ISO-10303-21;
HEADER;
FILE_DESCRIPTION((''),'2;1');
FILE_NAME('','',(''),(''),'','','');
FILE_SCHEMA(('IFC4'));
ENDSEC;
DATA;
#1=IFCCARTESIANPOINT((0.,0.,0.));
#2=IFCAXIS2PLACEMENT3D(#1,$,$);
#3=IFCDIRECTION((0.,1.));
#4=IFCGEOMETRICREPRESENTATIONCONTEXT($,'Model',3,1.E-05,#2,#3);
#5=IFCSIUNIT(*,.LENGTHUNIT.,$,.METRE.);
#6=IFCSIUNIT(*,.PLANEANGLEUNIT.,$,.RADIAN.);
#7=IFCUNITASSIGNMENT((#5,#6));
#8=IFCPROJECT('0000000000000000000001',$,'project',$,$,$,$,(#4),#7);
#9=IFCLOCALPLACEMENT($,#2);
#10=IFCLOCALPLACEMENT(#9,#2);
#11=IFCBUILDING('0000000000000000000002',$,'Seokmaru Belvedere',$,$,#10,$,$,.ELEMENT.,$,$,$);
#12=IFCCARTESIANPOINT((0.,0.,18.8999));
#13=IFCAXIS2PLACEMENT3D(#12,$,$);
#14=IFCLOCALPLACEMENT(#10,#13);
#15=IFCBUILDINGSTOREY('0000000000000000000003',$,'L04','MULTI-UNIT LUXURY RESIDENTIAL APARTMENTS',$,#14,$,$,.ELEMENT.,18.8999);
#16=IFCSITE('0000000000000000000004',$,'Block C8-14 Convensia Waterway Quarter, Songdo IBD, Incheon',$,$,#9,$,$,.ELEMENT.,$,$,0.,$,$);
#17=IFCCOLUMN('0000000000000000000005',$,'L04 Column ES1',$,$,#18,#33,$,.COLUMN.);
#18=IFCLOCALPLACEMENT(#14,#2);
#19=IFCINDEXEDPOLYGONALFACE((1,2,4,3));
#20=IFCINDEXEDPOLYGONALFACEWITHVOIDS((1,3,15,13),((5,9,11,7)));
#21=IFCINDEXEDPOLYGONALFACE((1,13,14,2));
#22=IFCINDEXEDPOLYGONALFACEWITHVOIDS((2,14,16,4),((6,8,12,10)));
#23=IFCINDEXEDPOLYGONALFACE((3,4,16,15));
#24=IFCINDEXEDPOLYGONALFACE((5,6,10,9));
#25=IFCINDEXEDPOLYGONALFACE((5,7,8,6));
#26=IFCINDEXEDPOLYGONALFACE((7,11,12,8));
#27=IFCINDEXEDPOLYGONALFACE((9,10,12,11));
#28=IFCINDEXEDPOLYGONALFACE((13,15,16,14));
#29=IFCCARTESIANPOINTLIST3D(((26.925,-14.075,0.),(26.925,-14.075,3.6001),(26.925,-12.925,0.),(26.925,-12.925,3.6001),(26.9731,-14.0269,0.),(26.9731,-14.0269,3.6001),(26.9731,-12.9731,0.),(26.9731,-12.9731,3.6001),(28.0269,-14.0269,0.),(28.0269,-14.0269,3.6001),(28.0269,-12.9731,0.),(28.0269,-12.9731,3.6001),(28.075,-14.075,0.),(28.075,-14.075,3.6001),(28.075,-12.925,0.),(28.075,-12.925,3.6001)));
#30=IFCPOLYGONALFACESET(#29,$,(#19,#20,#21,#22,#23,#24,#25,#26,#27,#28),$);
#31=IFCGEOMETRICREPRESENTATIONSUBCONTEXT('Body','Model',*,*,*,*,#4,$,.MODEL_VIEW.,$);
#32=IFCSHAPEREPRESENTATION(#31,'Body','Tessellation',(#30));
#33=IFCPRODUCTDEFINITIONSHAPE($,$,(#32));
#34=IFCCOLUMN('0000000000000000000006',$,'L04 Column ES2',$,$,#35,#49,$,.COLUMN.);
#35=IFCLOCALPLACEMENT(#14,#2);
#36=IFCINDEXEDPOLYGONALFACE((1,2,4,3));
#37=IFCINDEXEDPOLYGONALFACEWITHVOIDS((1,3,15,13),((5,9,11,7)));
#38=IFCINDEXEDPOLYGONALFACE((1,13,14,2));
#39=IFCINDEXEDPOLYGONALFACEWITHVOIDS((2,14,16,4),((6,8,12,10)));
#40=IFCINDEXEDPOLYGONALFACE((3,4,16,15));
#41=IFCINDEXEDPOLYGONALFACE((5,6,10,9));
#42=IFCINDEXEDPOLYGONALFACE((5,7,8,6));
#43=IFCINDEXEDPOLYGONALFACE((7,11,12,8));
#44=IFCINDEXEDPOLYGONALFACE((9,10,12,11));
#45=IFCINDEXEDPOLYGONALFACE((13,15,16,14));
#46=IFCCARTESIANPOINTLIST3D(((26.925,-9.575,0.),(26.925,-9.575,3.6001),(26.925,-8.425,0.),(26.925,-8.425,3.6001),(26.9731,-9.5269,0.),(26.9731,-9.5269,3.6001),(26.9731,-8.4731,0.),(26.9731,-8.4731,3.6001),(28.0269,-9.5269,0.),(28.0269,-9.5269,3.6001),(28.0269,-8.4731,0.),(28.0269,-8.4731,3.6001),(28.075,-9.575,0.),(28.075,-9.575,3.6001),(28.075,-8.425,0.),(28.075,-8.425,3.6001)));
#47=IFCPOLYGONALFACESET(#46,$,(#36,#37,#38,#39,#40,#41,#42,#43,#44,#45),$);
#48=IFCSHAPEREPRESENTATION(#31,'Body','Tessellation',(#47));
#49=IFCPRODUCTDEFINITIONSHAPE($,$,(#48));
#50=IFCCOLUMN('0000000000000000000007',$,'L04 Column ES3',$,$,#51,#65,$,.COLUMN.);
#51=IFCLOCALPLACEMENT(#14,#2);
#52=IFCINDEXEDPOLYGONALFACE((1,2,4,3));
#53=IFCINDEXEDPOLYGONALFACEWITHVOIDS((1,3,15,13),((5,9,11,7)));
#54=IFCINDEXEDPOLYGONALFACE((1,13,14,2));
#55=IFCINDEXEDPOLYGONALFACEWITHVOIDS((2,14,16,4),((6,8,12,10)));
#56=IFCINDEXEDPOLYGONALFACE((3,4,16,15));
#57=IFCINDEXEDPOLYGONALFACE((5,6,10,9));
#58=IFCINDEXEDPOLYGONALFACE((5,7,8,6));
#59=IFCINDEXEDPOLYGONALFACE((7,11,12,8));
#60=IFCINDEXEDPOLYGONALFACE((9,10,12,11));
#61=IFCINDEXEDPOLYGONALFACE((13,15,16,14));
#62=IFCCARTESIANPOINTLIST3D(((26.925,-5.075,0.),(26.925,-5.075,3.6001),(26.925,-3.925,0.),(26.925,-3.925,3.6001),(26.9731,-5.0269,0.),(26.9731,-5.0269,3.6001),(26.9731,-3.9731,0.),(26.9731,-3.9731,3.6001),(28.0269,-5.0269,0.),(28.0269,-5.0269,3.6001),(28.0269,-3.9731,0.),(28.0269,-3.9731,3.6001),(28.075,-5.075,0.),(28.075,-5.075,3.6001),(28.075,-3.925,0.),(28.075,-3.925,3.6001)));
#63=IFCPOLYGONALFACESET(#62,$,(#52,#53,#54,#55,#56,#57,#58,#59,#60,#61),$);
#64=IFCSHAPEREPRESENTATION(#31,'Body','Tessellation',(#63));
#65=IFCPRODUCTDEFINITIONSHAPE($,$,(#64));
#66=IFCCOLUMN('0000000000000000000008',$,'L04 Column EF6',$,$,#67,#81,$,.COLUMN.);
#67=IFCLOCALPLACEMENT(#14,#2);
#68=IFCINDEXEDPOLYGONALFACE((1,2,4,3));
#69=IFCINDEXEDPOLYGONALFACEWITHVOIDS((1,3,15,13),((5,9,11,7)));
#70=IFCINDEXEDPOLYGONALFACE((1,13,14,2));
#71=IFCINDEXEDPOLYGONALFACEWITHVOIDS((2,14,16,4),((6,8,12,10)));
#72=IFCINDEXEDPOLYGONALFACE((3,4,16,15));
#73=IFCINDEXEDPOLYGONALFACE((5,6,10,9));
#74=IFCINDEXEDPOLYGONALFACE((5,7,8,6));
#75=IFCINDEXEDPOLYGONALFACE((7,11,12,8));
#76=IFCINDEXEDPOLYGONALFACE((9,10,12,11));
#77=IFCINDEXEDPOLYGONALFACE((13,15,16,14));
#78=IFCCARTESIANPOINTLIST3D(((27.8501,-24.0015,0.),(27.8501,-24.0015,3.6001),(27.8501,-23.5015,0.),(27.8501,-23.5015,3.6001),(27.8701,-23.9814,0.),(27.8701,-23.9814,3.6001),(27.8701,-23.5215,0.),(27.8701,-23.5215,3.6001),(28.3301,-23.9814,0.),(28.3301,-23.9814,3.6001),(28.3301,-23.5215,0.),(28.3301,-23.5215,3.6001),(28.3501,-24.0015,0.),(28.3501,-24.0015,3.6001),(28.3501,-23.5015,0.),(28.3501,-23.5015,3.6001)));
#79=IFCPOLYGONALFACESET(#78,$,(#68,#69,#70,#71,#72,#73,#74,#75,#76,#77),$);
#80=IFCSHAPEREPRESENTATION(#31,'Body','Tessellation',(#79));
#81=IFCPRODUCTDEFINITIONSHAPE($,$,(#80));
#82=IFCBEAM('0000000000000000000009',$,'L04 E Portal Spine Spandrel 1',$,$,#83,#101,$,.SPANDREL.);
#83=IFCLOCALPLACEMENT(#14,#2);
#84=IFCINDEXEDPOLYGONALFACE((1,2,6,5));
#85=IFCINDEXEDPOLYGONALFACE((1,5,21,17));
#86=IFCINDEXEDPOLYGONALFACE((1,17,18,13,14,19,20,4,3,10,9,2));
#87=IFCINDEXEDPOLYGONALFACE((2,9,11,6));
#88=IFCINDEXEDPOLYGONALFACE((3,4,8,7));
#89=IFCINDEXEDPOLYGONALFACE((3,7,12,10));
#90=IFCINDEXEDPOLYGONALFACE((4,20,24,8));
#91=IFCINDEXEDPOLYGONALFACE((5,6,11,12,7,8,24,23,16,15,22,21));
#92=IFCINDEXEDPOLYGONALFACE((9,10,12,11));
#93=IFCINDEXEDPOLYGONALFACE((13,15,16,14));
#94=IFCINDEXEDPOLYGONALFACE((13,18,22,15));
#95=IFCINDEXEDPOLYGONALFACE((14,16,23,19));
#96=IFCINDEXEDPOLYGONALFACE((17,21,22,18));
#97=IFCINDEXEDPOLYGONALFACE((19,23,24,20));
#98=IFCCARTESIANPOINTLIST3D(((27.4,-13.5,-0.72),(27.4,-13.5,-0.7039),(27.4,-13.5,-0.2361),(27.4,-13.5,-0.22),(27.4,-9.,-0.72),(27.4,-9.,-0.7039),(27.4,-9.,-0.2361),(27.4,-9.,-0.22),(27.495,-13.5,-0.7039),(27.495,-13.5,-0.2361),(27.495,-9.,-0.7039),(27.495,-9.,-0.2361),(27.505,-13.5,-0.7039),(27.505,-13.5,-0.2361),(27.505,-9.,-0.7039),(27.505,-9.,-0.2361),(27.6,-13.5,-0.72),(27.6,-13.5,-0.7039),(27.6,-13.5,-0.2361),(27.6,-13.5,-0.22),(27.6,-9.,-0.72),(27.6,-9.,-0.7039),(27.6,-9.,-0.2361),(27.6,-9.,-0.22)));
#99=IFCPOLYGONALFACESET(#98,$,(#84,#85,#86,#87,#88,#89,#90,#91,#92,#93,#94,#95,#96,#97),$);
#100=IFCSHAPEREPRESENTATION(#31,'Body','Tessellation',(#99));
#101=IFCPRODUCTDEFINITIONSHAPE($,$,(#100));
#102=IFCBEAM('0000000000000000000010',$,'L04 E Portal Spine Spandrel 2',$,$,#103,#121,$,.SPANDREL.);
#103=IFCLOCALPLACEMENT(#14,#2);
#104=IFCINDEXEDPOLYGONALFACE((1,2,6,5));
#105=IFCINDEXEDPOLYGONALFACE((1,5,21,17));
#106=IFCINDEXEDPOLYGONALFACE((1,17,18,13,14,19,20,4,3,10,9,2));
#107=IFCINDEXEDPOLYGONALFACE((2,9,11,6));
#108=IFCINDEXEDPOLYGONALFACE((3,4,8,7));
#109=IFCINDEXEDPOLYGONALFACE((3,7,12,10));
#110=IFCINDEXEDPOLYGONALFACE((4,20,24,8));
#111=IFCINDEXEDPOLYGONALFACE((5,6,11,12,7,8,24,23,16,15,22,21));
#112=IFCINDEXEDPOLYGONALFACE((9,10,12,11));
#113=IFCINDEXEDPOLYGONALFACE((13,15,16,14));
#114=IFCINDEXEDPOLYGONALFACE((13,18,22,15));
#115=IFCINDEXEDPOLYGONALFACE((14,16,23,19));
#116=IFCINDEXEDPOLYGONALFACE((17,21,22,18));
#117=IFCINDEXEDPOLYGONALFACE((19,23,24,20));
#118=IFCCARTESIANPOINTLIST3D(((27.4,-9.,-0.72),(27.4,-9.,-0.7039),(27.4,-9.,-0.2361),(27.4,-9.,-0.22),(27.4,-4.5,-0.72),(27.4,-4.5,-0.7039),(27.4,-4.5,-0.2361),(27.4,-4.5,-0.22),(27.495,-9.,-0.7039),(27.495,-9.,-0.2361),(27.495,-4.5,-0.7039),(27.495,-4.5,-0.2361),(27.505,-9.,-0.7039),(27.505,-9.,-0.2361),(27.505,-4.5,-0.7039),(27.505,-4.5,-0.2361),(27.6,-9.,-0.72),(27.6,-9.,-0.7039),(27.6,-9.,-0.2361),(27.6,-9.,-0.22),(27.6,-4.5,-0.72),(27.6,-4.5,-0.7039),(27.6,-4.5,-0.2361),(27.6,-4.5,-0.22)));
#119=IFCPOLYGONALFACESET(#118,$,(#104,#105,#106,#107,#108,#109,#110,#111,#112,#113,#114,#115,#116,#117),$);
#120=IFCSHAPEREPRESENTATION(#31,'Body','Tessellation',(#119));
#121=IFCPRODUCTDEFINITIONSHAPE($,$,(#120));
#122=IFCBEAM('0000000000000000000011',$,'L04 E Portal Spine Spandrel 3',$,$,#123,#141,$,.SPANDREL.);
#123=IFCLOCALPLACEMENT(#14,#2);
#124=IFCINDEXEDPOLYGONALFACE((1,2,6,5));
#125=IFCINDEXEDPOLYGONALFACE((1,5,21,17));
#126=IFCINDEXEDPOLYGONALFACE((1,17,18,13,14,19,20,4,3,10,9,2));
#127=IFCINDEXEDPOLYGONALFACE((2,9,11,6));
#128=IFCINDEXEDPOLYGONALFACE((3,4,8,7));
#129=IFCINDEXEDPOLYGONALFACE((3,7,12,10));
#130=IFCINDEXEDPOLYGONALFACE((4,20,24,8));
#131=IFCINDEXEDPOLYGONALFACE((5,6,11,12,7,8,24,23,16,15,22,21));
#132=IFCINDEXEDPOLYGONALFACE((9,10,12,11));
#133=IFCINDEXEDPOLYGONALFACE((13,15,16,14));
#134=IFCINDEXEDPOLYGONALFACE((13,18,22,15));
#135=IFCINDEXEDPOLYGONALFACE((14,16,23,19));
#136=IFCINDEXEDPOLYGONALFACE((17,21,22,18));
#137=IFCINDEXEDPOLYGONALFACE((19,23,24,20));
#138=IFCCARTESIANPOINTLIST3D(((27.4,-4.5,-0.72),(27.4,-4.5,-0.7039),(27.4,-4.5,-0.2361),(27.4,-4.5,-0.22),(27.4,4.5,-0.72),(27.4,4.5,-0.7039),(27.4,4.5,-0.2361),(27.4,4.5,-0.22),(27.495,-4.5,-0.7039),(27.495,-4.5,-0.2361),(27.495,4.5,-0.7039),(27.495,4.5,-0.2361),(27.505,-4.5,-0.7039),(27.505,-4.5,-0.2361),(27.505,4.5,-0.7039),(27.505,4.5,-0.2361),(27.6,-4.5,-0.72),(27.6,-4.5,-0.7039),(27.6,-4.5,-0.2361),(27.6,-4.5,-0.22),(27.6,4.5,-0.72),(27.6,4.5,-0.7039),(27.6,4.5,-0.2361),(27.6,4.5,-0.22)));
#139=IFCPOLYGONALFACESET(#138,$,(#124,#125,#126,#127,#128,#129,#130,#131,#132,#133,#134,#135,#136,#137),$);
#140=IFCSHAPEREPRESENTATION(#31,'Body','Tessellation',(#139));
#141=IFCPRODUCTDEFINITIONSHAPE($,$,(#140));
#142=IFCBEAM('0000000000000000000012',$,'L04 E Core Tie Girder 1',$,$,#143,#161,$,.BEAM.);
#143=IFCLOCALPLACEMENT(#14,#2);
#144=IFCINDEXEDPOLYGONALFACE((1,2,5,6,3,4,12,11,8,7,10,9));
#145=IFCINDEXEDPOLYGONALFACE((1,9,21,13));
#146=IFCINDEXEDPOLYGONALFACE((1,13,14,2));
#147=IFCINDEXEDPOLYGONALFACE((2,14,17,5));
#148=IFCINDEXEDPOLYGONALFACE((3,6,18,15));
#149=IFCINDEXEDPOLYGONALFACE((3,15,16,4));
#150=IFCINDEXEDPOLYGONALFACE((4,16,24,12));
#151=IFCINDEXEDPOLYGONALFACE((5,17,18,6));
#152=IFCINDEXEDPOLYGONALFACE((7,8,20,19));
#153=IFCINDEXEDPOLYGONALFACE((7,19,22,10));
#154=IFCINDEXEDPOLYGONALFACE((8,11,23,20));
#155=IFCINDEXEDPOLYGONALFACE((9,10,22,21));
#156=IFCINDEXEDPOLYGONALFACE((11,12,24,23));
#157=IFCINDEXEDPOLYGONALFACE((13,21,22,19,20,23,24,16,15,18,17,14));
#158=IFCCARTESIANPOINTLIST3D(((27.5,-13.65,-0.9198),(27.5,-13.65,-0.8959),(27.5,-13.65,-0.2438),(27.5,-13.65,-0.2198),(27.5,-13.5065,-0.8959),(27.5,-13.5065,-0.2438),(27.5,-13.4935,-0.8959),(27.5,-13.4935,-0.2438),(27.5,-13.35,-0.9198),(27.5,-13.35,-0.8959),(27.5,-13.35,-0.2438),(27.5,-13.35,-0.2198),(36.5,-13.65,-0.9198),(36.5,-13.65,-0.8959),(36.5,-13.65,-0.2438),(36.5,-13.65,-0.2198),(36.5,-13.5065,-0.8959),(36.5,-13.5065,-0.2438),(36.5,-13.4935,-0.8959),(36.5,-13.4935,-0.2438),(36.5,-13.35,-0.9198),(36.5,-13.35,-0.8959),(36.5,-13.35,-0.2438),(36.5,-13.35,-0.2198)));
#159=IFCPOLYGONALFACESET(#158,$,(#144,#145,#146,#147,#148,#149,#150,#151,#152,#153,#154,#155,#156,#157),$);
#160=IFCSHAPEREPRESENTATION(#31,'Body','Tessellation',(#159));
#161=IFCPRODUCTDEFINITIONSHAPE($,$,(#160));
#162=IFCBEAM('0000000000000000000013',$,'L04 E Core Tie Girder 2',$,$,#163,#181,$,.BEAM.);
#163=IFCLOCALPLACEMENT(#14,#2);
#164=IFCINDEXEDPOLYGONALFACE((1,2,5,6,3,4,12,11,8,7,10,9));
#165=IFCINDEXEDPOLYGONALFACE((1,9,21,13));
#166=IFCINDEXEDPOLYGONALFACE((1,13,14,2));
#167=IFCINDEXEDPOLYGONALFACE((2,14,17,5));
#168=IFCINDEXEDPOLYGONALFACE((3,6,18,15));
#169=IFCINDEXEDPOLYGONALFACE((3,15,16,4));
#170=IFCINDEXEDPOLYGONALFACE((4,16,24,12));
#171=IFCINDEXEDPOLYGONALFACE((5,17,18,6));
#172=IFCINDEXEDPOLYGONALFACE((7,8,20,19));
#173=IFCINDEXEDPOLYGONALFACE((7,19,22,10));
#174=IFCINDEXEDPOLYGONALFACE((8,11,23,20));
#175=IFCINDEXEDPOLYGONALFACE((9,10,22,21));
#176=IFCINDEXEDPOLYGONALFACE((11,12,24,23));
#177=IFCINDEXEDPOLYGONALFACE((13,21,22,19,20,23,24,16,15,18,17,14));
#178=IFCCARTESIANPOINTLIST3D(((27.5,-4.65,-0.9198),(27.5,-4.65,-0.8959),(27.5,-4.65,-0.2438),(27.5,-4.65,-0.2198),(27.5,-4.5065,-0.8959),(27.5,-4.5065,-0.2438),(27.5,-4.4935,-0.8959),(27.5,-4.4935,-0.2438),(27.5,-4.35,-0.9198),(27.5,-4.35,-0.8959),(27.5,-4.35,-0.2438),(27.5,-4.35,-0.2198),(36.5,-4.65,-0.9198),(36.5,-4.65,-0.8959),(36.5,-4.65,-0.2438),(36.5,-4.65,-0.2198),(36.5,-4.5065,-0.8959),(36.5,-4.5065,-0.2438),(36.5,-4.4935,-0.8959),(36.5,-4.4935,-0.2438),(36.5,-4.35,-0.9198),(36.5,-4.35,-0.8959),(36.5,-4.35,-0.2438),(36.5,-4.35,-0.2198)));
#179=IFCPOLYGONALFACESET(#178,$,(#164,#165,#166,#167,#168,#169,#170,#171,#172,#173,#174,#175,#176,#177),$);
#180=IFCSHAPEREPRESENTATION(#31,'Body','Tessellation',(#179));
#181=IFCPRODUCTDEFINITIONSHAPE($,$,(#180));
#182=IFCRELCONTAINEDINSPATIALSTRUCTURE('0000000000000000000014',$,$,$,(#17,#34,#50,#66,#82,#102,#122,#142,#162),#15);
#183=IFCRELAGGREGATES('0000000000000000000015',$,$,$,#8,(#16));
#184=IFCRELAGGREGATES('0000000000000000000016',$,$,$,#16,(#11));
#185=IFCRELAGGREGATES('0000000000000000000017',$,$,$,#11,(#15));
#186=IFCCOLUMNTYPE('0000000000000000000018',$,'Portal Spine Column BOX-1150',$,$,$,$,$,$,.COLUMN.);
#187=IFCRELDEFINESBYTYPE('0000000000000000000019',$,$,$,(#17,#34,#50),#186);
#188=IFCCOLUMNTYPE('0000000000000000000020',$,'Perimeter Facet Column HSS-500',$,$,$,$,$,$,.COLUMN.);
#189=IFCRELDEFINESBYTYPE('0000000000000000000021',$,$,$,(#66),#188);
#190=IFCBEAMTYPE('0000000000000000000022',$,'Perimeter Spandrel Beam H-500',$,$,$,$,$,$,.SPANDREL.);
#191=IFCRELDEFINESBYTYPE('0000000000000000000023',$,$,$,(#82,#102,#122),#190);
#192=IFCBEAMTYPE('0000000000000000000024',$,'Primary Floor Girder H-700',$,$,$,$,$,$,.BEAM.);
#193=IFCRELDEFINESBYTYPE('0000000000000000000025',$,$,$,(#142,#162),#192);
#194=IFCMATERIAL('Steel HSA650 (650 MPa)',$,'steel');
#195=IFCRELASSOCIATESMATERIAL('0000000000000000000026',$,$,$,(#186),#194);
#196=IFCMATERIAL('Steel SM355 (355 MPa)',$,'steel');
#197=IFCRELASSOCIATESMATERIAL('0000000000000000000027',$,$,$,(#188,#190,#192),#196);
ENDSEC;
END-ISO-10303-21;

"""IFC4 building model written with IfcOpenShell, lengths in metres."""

from ifc_helpers import new_model, si_unit, direction, frame, origin, origin_2d, place, context, subcontext, project, spatial, hollow_rectangle, i_section, extrude, source, transform, mapped, material, material_profile, profile_set, type_object, type_shapes, element, save


model = new_model("IFC4")

# Units and contexts
model_context = context("Model", 3, precision=1e-05, world=origin(), true_north=direction((0.0, 1.0)))
body_context = subcontext(model_context, "Body", "Model", "MODEL_VIEW")
ifc_project = project(units=[si_unit("LENGTHUNIT", "METRE"), si_unit("PLANEANGLEUNIT", "RADIAN")], contexts=[model_context])

# Site, building, storey
site_placement = place(None, origin())
site = spatial("IfcSite", under=ifc_project, at=site_placement, Name="Block C8-14 Convensia Waterway Quarter, Songdo IBD, Incheon", CompositionType="ELEMENT", RefElevation=0.0)
building_placement = place(site_placement, origin())
building = spatial("IfcBuilding", under=site, at=building_placement, Name="Seokmaru Belvedere", CompositionType="ELEMENT")
storey_placement = place(building_placement, frame((0.0, 0.0, 18.8999)))
storey = spatial("IfcBuildingStorey", under=building, at=storey_placement, Name="L04", Description="MULTI-UNIT LUXURY RESIDENTIAL APARTMENTS", CompositionType="ELEMENT", Elevation=18.8999)

# Columns
ifc_material_1 = material(Name="Steel HSA650 (650 MPa)", Category="steel")
ifc_material_profile_1 = material_profile(ifc_material_1, hollow_rectangle(XDim=1.1499, YDim=1.1499, WallThickness=0.0481, at=origin_2d()), Name="BOX-1150x1150x48")
ifc_profile_set_1 = profile_set([ifc_material_profile_1], Name="Steel HSA650 (650 MPa)")
column_type_1 = type_object("IfcColumnType", Name="Portal Spine Column BOX-1150", PredefinedType="COLUMN", material=ifc_profile_set_1)
shared_shape_1 = source(origin(), body_context, "Body", "SweptSolid", [
    extrude(hollow_rectangle(XDim=1.1499, YDim=1.1499, WallThickness=0.0481, at=origin_2d()), origin(), (0.0, 0.0, 1.0), 3.6001),
])
type_shapes(column_type_1, [shared_shape_1])
for number, where, z_axis, x_axis, name in (
    (1, (27.5, -13.5, 0.0), (0.0, 0.0, 1.0), (1.0, 0.0, 0.0), "L04 Column ES1"),
    (2, (27.5, -9.0, 0.0), (0.0, 0.0, 1.0), (1.0, 0.0, 0.0), "L04 Column ES2"),
    (3, (27.5, -4.5, 0.0), (0.0, 0.0, 1.0), (1.0, 0.0, 0.0), "L04 Column ES3"),
):
    element("IfcColumn", number, at=place(storey_placement, frame(where, z_axis=z_axis, x_axis=x_axis)), inside=storey, type_object=column_type_1, Name=name, PredefinedType="COLUMN", context=body_context, shape_type="MappedRepresentation", body=[
        mapped(shared_shape_1, transform((0.0, 0.0, 0.0), scale=1.0)),
    ])
ifc_material_2 = material(Name="Steel SM355 (355 MPa)", Category="steel")
ifc_material_profile_2 = material_profile(ifc_material_2, hollow_rectangle(XDim=0.5, YDim=0.5, WallThickness=0.02, at=origin_2d()), Name="HSS-500x500x20")
ifc_profile_set_2 = profile_set([ifc_material_profile_2], Name="Steel SM355 (355 MPa)")
column_type_2 = type_object("IfcColumnType", Name="Perimeter Facet Column HSS-500", PredefinedType="COLUMN", material=ifc_profile_set_2)
shared_shape_2 = source(origin(), body_context, "Body", "SweptSolid", [
    extrude(hollow_rectangle(XDim=0.5, YDim=0.5, WallThickness=0.02, at=origin_2d()), origin(), (0.0, 0.0, 1.0), 3.6001),
])
type_shapes(column_type_2, [shared_shape_2])
column_placement = place(storey_placement, frame((28.1001, -23.7515, 0.0), z_axis=(0.0, 0.0, 1.0), x_axis=(1.0, 0.0, 0.0)))
element("IfcColumn", 4, at=column_placement, inside=storey, type_object=column_type_2, Name="L04 Column EF6", PredefinedType="COLUMN", context=body_context, shape_type="MappedRepresentation", body=[
    mapped(shared_shape_2, transform((0.0, 0.0, 0.0), scale=1.0)),
])

# Beams
ifc_material_profile_3 = material_profile(ifc_material_2, i_section(OverallWidth=0.2, OverallDepth=0.5, WebThickness=0.01, FlangeThickness=0.0161, at=origin_2d()), Name="H-500x200x10x16")
ifc_profile_set_3 = profile_set([ifc_material_profile_3], Name="Steel SM355 (355 MPa)")
beam_type_1 = type_object("IfcBeamType", Name="Perimeter Spandrel Beam H-500", PredefinedType="SPANDREL", material=ifc_profile_set_3)
shared_shape_3 = source(origin(), body_context, "Body", "SweptSolid", [
    extrude(i_section(OverallWidth=0.2, OverallDepth=0.5, WebThickness=0.01, FlangeThickness=0.0161, at=origin_2d()), origin(), (0.0, 0.0, 1.0), 4.5),
])
for number, where, z_axis, x_axis, name in (
    (5, (27.5, -13.5, -0.47), (0.0, 1.0, 0.0), (-1.0, 0.0, 0.0), "L04 E Portal Spine Spandrel 1"),
    (6, (27.5, -9.0, -0.47), (0.0, 1.0, 0.0), (-1.0, 0.0, 0.0), "L04 E Portal Spine Spandrel 2"),
):
    element("IfcBeam", number, at=place(storey_placement, frame(where, z_axis=z_axis, x_axis=x_axis)), inside=storey, type_object=beam_type_1, Name=name, PredefinedType="SPANDREL", context=body_context, shape_type="MappedRepresentation", body=[
        mapped(shared_shape_3, transform((0.0, 0.0, 0.0), scale=1.0)),
    ])
shared_shape_4 = source(origin(), body_context, "Body", "SweptSolid", [
    extrude(i_section(OverallWidth=0.2, OverallDepth=0.5, WebThickness=0.01, FlangeThickness=0.0161, at=origin_2d()), origin(), (0.0, 0.0, 1.0), 9.0),
])
type_shapes(beam_type_1, [shared_shape_3, shared_shape_4])
beam_1_placement = place(storey_placement, frame((27.5, -4.5, -0.47), z_axis=(0.0, 1.0, 0.0), x_axis=(-1.0, 0.0, 0.0)))
element("IfcBeam", 7, at=beam_1_placement, inside=storey, type_object=beam_type_1, Name="L04 E Portal Spine Spandrel 3", PredefinedType="SPANDREL", context=body_context, shape_type="MappedRepresentation", body=[
    mapped(shared_shape_4, transform((0.0, 0.0, 0.0), scale=1.0)),
])
ifc_material_profile_4 = material_profile(ifc_material_2, i_section(OverallWidth=0.3, OverallDepth=0.7, WebThickness=0.0129, FlangeThickness=0.0239, at=origin_2d()), Name="H-700x300x13x24")
ifc_profile_set_4 = profile_set([ifc_material_profile_4], Name="Steel SM355 (355 MPa)")
beam_type_2 = type_object("IfcBeamType", Name="Primary Floor Girder H-700", PredefinedType="BEAM", material=ifc_profile_set_4)
shared_shape_5 = source(origin(), body_context, "Body", "SweptSolid", [
    extrude(i_section(OverallWidth=0.3, OverallDepth=0.7, WebThickness=0.0129, FlangeThickness=0.0239, at=origin_2d()), origin(), (0.0, 0.0, 1.0), 9.0),
])
type_shapes(beam_type_2, [shared_shape_5])
for number, where, z_axis, x_axis, name in (
    (8, (27.5, -13.5, -0.5698), (1.0, 0.0, 0.0), (0.0, 1.0, 0.0), "L04 E Core Tie Girder 1"),
    (9, (27.5, -4.5, -0.5698), (1.0, 0.0, 0.0), (0.0, 1.0, 0.0), "L04 E Core Tie Girder 2"),
):
    element("IfcBeam", number, at=place(storey_placement, frame(where, z_axis=z_axis, x_axis=x_axis)), inside=storey, type_object=beam_type_2, Name=name, PredefinedType="BEAM", context=body_context, shape_type="MappedRepresentation", body=[
        mapped(shared_shape_5, transform((0.0, 0.0, 0.0), scale=1.0)),
    ])

save(model, "model.ifc")
